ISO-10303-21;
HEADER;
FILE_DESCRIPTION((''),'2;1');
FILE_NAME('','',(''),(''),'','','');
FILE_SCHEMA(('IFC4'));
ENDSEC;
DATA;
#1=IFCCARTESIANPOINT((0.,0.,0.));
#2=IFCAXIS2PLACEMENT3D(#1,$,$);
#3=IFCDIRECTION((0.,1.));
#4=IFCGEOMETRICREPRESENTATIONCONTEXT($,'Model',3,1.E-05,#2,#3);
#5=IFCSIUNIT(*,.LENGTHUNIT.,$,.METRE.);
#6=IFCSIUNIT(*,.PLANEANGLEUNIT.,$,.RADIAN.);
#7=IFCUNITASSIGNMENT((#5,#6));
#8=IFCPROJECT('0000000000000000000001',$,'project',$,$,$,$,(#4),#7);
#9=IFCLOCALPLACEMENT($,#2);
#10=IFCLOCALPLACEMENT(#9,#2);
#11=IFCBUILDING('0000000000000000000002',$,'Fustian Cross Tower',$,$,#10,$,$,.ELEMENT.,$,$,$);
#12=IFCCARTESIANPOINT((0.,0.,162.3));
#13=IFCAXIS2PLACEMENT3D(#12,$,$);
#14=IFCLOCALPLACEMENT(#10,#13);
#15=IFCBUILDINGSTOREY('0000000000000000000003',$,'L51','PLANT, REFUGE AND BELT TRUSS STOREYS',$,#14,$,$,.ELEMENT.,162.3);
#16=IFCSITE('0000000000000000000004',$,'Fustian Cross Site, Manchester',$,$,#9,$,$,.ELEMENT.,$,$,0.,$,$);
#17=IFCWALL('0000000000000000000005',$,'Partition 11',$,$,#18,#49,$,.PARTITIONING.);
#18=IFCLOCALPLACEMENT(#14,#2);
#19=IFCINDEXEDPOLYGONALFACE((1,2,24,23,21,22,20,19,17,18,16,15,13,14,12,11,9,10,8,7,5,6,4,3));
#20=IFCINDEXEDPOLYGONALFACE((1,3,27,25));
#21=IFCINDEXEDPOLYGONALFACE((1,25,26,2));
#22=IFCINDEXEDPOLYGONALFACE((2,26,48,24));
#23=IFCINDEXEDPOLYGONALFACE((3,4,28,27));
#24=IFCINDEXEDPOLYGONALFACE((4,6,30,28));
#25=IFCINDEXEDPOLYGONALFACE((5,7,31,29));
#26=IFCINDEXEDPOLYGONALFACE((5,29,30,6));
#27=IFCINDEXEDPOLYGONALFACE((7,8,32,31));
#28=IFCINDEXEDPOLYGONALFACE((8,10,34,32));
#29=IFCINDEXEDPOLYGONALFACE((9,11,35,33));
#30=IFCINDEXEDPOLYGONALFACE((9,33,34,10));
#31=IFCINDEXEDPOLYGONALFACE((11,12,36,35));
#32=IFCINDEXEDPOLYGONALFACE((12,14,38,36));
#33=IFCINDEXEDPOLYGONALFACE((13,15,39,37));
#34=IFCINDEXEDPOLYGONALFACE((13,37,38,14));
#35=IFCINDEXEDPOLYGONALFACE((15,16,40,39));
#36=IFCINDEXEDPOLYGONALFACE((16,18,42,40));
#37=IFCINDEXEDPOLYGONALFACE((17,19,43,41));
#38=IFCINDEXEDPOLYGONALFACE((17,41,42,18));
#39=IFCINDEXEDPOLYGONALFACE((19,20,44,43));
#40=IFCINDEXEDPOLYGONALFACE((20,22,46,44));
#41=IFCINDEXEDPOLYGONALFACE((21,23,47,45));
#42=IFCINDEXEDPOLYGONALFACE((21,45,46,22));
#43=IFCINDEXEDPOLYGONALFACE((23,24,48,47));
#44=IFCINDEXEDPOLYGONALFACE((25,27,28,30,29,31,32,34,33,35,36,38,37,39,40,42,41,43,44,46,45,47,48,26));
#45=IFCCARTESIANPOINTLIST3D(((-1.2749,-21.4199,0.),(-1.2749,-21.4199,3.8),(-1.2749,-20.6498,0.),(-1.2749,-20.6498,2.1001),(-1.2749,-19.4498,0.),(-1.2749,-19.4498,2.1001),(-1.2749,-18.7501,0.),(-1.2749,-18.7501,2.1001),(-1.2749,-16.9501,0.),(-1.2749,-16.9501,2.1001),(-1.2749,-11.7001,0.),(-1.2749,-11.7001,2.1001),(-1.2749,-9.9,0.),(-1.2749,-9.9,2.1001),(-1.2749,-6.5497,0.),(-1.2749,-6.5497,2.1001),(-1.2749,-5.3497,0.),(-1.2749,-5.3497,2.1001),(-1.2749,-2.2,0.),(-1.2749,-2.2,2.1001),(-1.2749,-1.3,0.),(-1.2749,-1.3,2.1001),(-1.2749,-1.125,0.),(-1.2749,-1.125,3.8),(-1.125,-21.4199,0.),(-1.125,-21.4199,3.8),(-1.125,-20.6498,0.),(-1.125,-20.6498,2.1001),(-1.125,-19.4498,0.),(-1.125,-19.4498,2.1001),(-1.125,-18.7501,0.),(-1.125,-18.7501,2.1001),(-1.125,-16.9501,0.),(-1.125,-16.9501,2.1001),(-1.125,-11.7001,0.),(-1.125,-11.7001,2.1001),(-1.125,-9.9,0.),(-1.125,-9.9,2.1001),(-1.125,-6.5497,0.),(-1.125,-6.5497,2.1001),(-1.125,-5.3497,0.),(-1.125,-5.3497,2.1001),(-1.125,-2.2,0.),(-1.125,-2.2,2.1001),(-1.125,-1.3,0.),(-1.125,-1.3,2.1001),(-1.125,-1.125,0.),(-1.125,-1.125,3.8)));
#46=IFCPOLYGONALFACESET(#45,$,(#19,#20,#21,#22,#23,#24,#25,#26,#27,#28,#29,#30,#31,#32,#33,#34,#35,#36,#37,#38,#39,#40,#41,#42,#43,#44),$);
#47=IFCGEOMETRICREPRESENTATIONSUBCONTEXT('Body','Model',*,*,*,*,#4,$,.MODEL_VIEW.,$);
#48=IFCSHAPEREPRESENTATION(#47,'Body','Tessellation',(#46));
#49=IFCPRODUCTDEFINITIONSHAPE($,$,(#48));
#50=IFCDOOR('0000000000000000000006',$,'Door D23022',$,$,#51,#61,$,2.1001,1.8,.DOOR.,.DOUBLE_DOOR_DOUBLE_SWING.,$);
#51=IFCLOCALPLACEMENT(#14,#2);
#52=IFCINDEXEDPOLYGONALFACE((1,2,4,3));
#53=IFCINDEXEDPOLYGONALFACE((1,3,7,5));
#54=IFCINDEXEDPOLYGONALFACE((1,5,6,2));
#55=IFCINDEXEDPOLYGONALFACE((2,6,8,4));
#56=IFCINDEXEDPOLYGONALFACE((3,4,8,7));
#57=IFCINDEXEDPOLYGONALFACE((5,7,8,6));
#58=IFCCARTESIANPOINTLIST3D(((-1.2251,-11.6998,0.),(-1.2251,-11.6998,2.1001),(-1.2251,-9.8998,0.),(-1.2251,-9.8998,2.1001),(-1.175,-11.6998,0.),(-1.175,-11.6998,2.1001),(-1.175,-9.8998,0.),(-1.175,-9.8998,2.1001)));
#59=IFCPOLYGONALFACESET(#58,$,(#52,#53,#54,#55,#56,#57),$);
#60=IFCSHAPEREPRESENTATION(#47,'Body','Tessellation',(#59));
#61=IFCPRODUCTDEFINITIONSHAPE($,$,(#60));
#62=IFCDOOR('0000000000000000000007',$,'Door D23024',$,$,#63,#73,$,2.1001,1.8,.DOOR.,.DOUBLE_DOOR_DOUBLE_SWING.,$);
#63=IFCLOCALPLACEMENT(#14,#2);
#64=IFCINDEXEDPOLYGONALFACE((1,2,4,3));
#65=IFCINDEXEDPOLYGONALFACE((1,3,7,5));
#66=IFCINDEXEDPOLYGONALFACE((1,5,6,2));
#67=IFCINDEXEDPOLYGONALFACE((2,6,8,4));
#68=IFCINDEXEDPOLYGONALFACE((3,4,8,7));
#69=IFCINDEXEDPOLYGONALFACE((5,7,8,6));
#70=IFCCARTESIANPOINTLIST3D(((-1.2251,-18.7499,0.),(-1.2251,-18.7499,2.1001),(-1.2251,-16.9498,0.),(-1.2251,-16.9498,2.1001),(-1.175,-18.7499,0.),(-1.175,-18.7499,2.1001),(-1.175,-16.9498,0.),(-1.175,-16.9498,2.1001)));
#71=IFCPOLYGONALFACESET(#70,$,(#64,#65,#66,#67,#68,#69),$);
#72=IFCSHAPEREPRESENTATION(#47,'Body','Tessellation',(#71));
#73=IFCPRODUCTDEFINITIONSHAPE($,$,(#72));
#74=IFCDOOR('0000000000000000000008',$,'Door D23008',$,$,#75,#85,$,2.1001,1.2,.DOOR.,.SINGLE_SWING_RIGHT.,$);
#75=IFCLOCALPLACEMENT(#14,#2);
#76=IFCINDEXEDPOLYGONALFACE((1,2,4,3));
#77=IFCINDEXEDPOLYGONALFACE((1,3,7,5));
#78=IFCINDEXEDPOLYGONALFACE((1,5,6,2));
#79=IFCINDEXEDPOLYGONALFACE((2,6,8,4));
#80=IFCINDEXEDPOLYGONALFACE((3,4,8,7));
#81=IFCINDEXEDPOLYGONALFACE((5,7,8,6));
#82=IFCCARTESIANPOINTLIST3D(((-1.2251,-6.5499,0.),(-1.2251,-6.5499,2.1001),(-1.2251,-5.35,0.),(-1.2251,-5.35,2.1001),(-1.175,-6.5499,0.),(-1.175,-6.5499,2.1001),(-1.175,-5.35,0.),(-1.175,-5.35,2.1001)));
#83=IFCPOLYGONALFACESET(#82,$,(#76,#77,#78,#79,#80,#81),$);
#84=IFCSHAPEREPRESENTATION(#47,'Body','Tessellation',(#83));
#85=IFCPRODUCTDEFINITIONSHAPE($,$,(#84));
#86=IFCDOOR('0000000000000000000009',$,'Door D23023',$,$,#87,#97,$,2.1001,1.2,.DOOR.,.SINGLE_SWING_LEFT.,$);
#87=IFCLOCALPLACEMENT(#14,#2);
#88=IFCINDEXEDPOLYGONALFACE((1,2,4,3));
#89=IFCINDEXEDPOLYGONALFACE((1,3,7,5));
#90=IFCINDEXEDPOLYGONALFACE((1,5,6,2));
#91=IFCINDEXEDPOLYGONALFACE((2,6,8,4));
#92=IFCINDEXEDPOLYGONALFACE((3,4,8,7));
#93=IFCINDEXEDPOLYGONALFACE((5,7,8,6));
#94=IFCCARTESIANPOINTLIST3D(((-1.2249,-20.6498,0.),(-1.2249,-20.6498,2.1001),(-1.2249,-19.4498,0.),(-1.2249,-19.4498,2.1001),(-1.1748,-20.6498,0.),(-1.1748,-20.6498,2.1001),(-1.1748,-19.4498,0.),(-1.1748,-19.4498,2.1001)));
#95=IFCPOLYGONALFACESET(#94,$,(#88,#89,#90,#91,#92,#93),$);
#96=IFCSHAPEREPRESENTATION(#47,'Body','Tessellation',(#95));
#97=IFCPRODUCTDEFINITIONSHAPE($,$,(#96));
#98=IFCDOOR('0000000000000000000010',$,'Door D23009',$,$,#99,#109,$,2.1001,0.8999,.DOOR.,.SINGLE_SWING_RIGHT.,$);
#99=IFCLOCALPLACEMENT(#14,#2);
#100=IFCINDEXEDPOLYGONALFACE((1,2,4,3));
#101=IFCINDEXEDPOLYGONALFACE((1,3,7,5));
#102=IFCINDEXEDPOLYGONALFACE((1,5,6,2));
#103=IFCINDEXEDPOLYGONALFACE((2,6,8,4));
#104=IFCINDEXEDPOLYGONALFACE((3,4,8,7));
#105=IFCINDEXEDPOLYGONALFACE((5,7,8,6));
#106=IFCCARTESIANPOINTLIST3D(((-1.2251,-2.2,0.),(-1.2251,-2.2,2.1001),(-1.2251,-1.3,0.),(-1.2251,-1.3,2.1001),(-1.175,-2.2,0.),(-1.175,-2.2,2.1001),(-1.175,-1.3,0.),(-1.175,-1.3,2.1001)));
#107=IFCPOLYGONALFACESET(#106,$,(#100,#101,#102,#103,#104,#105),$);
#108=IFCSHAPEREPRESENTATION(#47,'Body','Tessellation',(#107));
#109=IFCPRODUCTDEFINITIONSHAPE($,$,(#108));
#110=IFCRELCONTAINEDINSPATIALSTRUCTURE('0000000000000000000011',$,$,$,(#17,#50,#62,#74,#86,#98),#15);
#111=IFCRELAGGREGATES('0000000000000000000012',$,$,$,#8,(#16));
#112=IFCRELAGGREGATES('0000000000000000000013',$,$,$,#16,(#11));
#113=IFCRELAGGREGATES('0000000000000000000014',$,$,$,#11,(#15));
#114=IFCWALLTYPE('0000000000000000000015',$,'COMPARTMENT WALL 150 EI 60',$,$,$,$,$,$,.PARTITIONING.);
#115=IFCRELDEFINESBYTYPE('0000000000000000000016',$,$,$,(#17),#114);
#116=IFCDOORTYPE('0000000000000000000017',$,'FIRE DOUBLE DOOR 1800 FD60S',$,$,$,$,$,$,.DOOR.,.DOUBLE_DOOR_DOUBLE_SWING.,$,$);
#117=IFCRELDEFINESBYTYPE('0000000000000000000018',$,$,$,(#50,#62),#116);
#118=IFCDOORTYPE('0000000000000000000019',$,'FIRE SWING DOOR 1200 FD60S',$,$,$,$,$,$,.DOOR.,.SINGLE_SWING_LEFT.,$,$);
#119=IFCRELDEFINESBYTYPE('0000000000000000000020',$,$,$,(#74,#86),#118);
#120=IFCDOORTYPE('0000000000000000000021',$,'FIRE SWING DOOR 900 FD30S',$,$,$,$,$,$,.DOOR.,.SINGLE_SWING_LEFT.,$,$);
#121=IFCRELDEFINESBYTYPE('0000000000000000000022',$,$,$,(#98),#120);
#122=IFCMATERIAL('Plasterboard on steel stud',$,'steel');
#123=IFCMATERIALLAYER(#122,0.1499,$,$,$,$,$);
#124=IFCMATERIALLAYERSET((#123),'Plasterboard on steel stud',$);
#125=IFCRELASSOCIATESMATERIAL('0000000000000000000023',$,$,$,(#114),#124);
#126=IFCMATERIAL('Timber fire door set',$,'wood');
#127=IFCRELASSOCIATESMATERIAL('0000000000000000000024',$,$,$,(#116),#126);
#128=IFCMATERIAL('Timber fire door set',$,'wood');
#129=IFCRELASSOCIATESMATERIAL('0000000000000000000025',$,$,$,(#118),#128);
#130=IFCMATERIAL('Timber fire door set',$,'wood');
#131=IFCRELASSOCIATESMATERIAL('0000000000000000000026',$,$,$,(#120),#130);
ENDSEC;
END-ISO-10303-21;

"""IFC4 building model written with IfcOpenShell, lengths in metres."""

from ifc_helpers import new_model, si_unit, direction, frame, frame_2d, origin, place, context, subcontext, project, spatial, rectangle, extrude, material, layer, layer_set, type_object, element, fill, save


model = new_model("IFC4")

# Units and contexts
model_context = context("Model", 3, precision=1e-05, world=origin(), true_north=direction((0.0, 1.0)))
body_context = subcontext(model_context, "Body", "Model", "MODEL_VIEW")
ifc_project = project(units=[si_unit("LENGTHUNIT", "METRE"), si_unit("PLANEANGLEUNIT", "RADIAN")], contexts=[model_context])

# Site, building, storey
site_placement = place(None, origin())
site = spatial("IfcSite", under=ifc_project, at=site_placement, Name="Fustian Cross Site, Manchester", CompositionType="ELEMENT", RefElevation=0.0)
building_placement = place(site_placement, origin())
building = spatial("IfcBuilding", under=site, at=building_placement, Name="Fustian Cross Tower", CompositionType="ELEMENT")
storey_placement = place(building_placement, frame((0.0, 0.0, 162.3)))
storey = spatial("IfcBuildingStorey", under=building, at=storey_placement, Name="L51", Description="PLANT, REFUGE AND BELT TRUSS STOREYS", CompositionType="ELEMENT", Elevation=162.3)

# Wall, openings, doors
ifc_material_1 = material(Name="Plasterboard on steel stud", Category="steel")
ifc_layer_1 = layer(ifc_material_1, 0.1499)
ifc_layer_set_1 = layer_set([ifc_layer_1], Name="Plasterboard on steel stud")
wall_type_1 = type_object("IfcWallType", Name="COMPARTMENT WALL 150 EI 60", PredefinedType="PARTITIONING", material=ifc_layer_set_1)
wall_1_placement = place(storey_placement, frame((-1.2, -21.4199, 0.0), z_axis=(0.0, 0.0, 1.0), x_axis=(0.0, 1.0, 0.0)))
wall_1 = element("IfcWall", 1, at=wall_1_placement, inside=storey, type_object=wall_type_1, Name="Partition 11", PredefinedType="PARTITIONING", context=body_context, shape_type="SweptSolid", body=[
    extrude(rectangle(XDim=20.2949, YDim=0.1499, at=frame_2d((10.1475, 0.0))), origin(), (0.0, 0.0, 1.0), 3.8),
])
opening_1_placement = place(wall_1_placement, frame((14.8701, 0.0, 0.0)))
opening_1 = element("IfcOpeningElement", 2, at=opening_1_placement, cuts=wall_1, PredefinedType="OPENING", context=body_context, shape_type="SweptSolid", body=[
    extrude(rectangle(XDim=1.2, YDim=2.1001, at=frame_2d((0.6001, 1.05))), frame((0.0, 0.085, 0.0), z_axis=(0.0, -1.0, 0.0), x_axis=(1.0, 0.0, 0.0)), (0.0, 0.0, 1.0), 0.1699),
])
opening_2_placement = place(wall_1_placement, frame((19.22, 0.0, 0.0)))
opening_2 = element("IfcOpeningElement", 3, at=opening_2_placement, cuts=wall_1, PredefinedType="OPENING", context=body_context, shape_type="SweptSolid", body=[
    extrude(rectangle(XDim=0.8999, YDim=2.1001, at=frame_2d((0.45, 1.05))), frame((0.0, 0.085, 0.0), z_axis=(0.0, -1.0, 0.0), x_axis=(1.0, 0.0, 0.0)), (0.0, 0.0, 1.0), 0.1699),
])
opening_3_placement = place(wall_1_placement, frame((9.72, 0.0, 0.0)))
opening_3 = element("IfcOpeningElement", 4, at=opening_3_placement, cuts=wall_1, PredefinedType="OPENING", context=body_context, shape_type="SweptSolid", body=[
    extrude(rectangle(XDim=1.8, YDim=2.1001, at=frame_2d((0.8999, 1.05))), frame((0.0, 0.085, 0.0), z_axis=(0.0, -1.0, 0.0), x_axis=(1.0, 0.0, 0.0)), (0.0, 0.0, 1.0), 0.1699),
])
opening_4_placement = place(wall_1_placement, frame((0.77, 0.0, 0.0)))
opening_4 = element("IfcOpeningElement", 5, at=opening_4_placement, cuts=wall_1, PredefinedType="OPENING", context=body_context, shape_type="SweptSolid", body=[
    extrude(rectangle(XDim=1.2, YDim=2.1001, at=frame_2d((0.6001, 1.05))), frame((0.0, 0.085, 0.0), z_axis=(0.0, -1.0, 0.0), x_axis=(1.0, 0.0, 0.0)), (0.0, 0.0, 1.0), 0.1699),
])
opening_5_placement = place(wall_1_placement, frame((2.6699, 0.0, 0.0)))
opening_5 = element("IfcOpeningElement", 6, at=opening_5_placement, cuts=wall_1, PredefinedType="OPENING", context=body_context, shape_type="SweptSolid", body=[
    extrude(rectangle(XDim=1.8, YDim=2.1001, at=frame_2d((0.8999, 1.05))), frame((0.0, 0.085, 0.0), z_axis=(0.0, -1.0, 0.0), x_axis=(1.0, 0.0, 0.0)), (0.0, 0.0, 1.0), 0.1699),
])
ifc_material_2 = material(Name="Timber fire door set", Category="wood")
door_type_1 = type_object("IfcDoorType", Name="FIRE DOUBLE DOOR 1800 FD60S", OperationType="DOUBLE_DOOR_DOUBLE_SWING", PredefinedType="DOOR", material=ifc_material_2)
door_1_placement = place(opening_3_placement, frame((1.8, 0.0, 0.0), z_axis=(0.0, 0.0, 1.0), x_axis=(-1.0, 0.0, 0.0)))
door_1 = element("IfcDoor", 7, at=door_1_placement, inside=storey, type_object=door_type_1, Name="Door D23022", OperationType="DOUBLE_DOOR_DOUBLE_SWING", OverallHeight=2.1001, OverallWidth=1.8, PredefinedType="DOOR", context=body_context, shape_type="SweptSolid", body=[
    extrude(rectangle(XDim=1.8, YDim=2.1001, at=frame_2d((0.8999, 1.05))), frame((0.0, 0.0249, 0.0), z_axis=(0.0, -1.0, 0.0), x_axis=(1.0, 0.0, 0.0)), (0.0, 0.0, 1.0), 0.05),
])
fill(opening_3, door_1)
door_2_placement = place(opening_5_placement, frame((1.8, 0.0, 0.0), z_axis=(0.0, 0.0, 1.0), x_axis=(-1.0, 0.0, 0.0)))
door_2 = element("IfcDoor", 8, at=door_2_placement, inside=storey, type_object=door_type_1, Name="Door D23024", OperationType="DOUBLE_DOOR_DOUBLE_SWING", OverallHeight=2.1001, OverallWidth=1.8, PredefinedType="DOOR", context=body_context, shape_type="SweptSolid", body=[
    extrude(rectangle(XDim=1.8, YDim=2.1001, at=frame_2d((0.8999, 1.05))), frame((0.0, 0.0249, 0.0), z_axis=(0.0, -1.0, 0.0), x_axis=(1.0, 0.0, 0.0)), (0.0, 0.0, 1.0), 0.05),
])
fill(opening_5, door_2)
ifc_material_3 = material(Name="Timber fire door set", Category="wood")
door_type_2 = type_object("IfcDoorType", Name="FIRE SWING DOOR 1200 FD60S", OperationType="SINGLE_SWING_LEFT", PredefinedType="DOOR", material=ifc_material_3)
door_3_placement = place(opening_1_placement, frame((1.2, 0.0, 0.0), z_axis=(0.0, 0.0, 1.0), x_axis=(-1.0, 0.0, 0.0)))
door_3 = element("IfcDoor", 9, at=door_3_placement, inside=storey, type_object=door_type_2, Name="Door D23008", OperationType="SINGLE_SWING_RIGHT", OverallHeight=2.1001, OverallWidth=1.2, PredefinedType="DOOR", context=body_context, shape_type="SweptSolid", body=[
    extrude(rectangle(XDim=1.2, YDim=2.1001, at=frame_2d((0.6001, 1.05))), frame((0.0, 0.0249, 0.0), z_axis=(0.0, -1.0, 0.0), x_axis=(1.0, 0.0, 0.0)), (0.0, 0.0, 1.0), 0.05),
])
fill(opening_1, door_3)
door_4_placement = place(opening_4_placement, origin())
door_4 = element("IfcDoor", 10, at=door_4_placement, inside=storey, type_object=door_type_2, Name="Door D23023", OperationType="SINGLE_SWING_LEFT", OverallHeight=2.1001, OverallWidth=1.2, PredefinedType="DOOR", context=body_context, shape_type="SweptSolid", body=[
    extrude(rectangle(XDim=1.2, YDim=2.1001, at=frame_2d((0.6001, 1.05))), frame((0.0, 0.0249, 0.0), z_axis=(0.0, -1.0, 0.0), x_axis=(1.0, 0.0, 0.0)), (0.0, 0.0, 1.0), 0.05),
])
fill(opening_4, door_4)
ifc_material_4 = material(Name="Timber fire door set", Category="wood")
door_type_3 = type_object("IfcDoorType", Name="FIRE SWING DOOR 900 FD30S", OperationType="SINGLE_SWING_LEFT", PredefinedType="DOOR", material=ifc_material_4)
door_5_placement = place(opening_2_placement, frame((0.8999, 0.0, 0.0), z_axis=(0.0, 0.0, 1.0), x_axis=(-1.0, 0.0, 0.0)))
door_5 = element("IfcDoor", 11, at=door_5_placement, inside=storey, type_object=door_type_3, Name="Door D23009", OperationType="SINGLE_SWING_RIGHT", OverallHeight=2.1001, OverallWidth=0.8999, PredefinedType="DOOR", context=body_context, shape_type="SweptSolid", body=[
    extrude(rectangle(XDim=0.8999, YDim=2.1001, at=frame_2d((0.45, 1.05))), frame((0.0, 0.0249, 0.0), z_axis=(0.0, -1.0, 0.0), x_axis=(1.0, 0.0, 0.0)), (0.0, 0.0, 1.0), 0.05),
])
fill(opening_2, door_5)

save(model, "model.ifc")
